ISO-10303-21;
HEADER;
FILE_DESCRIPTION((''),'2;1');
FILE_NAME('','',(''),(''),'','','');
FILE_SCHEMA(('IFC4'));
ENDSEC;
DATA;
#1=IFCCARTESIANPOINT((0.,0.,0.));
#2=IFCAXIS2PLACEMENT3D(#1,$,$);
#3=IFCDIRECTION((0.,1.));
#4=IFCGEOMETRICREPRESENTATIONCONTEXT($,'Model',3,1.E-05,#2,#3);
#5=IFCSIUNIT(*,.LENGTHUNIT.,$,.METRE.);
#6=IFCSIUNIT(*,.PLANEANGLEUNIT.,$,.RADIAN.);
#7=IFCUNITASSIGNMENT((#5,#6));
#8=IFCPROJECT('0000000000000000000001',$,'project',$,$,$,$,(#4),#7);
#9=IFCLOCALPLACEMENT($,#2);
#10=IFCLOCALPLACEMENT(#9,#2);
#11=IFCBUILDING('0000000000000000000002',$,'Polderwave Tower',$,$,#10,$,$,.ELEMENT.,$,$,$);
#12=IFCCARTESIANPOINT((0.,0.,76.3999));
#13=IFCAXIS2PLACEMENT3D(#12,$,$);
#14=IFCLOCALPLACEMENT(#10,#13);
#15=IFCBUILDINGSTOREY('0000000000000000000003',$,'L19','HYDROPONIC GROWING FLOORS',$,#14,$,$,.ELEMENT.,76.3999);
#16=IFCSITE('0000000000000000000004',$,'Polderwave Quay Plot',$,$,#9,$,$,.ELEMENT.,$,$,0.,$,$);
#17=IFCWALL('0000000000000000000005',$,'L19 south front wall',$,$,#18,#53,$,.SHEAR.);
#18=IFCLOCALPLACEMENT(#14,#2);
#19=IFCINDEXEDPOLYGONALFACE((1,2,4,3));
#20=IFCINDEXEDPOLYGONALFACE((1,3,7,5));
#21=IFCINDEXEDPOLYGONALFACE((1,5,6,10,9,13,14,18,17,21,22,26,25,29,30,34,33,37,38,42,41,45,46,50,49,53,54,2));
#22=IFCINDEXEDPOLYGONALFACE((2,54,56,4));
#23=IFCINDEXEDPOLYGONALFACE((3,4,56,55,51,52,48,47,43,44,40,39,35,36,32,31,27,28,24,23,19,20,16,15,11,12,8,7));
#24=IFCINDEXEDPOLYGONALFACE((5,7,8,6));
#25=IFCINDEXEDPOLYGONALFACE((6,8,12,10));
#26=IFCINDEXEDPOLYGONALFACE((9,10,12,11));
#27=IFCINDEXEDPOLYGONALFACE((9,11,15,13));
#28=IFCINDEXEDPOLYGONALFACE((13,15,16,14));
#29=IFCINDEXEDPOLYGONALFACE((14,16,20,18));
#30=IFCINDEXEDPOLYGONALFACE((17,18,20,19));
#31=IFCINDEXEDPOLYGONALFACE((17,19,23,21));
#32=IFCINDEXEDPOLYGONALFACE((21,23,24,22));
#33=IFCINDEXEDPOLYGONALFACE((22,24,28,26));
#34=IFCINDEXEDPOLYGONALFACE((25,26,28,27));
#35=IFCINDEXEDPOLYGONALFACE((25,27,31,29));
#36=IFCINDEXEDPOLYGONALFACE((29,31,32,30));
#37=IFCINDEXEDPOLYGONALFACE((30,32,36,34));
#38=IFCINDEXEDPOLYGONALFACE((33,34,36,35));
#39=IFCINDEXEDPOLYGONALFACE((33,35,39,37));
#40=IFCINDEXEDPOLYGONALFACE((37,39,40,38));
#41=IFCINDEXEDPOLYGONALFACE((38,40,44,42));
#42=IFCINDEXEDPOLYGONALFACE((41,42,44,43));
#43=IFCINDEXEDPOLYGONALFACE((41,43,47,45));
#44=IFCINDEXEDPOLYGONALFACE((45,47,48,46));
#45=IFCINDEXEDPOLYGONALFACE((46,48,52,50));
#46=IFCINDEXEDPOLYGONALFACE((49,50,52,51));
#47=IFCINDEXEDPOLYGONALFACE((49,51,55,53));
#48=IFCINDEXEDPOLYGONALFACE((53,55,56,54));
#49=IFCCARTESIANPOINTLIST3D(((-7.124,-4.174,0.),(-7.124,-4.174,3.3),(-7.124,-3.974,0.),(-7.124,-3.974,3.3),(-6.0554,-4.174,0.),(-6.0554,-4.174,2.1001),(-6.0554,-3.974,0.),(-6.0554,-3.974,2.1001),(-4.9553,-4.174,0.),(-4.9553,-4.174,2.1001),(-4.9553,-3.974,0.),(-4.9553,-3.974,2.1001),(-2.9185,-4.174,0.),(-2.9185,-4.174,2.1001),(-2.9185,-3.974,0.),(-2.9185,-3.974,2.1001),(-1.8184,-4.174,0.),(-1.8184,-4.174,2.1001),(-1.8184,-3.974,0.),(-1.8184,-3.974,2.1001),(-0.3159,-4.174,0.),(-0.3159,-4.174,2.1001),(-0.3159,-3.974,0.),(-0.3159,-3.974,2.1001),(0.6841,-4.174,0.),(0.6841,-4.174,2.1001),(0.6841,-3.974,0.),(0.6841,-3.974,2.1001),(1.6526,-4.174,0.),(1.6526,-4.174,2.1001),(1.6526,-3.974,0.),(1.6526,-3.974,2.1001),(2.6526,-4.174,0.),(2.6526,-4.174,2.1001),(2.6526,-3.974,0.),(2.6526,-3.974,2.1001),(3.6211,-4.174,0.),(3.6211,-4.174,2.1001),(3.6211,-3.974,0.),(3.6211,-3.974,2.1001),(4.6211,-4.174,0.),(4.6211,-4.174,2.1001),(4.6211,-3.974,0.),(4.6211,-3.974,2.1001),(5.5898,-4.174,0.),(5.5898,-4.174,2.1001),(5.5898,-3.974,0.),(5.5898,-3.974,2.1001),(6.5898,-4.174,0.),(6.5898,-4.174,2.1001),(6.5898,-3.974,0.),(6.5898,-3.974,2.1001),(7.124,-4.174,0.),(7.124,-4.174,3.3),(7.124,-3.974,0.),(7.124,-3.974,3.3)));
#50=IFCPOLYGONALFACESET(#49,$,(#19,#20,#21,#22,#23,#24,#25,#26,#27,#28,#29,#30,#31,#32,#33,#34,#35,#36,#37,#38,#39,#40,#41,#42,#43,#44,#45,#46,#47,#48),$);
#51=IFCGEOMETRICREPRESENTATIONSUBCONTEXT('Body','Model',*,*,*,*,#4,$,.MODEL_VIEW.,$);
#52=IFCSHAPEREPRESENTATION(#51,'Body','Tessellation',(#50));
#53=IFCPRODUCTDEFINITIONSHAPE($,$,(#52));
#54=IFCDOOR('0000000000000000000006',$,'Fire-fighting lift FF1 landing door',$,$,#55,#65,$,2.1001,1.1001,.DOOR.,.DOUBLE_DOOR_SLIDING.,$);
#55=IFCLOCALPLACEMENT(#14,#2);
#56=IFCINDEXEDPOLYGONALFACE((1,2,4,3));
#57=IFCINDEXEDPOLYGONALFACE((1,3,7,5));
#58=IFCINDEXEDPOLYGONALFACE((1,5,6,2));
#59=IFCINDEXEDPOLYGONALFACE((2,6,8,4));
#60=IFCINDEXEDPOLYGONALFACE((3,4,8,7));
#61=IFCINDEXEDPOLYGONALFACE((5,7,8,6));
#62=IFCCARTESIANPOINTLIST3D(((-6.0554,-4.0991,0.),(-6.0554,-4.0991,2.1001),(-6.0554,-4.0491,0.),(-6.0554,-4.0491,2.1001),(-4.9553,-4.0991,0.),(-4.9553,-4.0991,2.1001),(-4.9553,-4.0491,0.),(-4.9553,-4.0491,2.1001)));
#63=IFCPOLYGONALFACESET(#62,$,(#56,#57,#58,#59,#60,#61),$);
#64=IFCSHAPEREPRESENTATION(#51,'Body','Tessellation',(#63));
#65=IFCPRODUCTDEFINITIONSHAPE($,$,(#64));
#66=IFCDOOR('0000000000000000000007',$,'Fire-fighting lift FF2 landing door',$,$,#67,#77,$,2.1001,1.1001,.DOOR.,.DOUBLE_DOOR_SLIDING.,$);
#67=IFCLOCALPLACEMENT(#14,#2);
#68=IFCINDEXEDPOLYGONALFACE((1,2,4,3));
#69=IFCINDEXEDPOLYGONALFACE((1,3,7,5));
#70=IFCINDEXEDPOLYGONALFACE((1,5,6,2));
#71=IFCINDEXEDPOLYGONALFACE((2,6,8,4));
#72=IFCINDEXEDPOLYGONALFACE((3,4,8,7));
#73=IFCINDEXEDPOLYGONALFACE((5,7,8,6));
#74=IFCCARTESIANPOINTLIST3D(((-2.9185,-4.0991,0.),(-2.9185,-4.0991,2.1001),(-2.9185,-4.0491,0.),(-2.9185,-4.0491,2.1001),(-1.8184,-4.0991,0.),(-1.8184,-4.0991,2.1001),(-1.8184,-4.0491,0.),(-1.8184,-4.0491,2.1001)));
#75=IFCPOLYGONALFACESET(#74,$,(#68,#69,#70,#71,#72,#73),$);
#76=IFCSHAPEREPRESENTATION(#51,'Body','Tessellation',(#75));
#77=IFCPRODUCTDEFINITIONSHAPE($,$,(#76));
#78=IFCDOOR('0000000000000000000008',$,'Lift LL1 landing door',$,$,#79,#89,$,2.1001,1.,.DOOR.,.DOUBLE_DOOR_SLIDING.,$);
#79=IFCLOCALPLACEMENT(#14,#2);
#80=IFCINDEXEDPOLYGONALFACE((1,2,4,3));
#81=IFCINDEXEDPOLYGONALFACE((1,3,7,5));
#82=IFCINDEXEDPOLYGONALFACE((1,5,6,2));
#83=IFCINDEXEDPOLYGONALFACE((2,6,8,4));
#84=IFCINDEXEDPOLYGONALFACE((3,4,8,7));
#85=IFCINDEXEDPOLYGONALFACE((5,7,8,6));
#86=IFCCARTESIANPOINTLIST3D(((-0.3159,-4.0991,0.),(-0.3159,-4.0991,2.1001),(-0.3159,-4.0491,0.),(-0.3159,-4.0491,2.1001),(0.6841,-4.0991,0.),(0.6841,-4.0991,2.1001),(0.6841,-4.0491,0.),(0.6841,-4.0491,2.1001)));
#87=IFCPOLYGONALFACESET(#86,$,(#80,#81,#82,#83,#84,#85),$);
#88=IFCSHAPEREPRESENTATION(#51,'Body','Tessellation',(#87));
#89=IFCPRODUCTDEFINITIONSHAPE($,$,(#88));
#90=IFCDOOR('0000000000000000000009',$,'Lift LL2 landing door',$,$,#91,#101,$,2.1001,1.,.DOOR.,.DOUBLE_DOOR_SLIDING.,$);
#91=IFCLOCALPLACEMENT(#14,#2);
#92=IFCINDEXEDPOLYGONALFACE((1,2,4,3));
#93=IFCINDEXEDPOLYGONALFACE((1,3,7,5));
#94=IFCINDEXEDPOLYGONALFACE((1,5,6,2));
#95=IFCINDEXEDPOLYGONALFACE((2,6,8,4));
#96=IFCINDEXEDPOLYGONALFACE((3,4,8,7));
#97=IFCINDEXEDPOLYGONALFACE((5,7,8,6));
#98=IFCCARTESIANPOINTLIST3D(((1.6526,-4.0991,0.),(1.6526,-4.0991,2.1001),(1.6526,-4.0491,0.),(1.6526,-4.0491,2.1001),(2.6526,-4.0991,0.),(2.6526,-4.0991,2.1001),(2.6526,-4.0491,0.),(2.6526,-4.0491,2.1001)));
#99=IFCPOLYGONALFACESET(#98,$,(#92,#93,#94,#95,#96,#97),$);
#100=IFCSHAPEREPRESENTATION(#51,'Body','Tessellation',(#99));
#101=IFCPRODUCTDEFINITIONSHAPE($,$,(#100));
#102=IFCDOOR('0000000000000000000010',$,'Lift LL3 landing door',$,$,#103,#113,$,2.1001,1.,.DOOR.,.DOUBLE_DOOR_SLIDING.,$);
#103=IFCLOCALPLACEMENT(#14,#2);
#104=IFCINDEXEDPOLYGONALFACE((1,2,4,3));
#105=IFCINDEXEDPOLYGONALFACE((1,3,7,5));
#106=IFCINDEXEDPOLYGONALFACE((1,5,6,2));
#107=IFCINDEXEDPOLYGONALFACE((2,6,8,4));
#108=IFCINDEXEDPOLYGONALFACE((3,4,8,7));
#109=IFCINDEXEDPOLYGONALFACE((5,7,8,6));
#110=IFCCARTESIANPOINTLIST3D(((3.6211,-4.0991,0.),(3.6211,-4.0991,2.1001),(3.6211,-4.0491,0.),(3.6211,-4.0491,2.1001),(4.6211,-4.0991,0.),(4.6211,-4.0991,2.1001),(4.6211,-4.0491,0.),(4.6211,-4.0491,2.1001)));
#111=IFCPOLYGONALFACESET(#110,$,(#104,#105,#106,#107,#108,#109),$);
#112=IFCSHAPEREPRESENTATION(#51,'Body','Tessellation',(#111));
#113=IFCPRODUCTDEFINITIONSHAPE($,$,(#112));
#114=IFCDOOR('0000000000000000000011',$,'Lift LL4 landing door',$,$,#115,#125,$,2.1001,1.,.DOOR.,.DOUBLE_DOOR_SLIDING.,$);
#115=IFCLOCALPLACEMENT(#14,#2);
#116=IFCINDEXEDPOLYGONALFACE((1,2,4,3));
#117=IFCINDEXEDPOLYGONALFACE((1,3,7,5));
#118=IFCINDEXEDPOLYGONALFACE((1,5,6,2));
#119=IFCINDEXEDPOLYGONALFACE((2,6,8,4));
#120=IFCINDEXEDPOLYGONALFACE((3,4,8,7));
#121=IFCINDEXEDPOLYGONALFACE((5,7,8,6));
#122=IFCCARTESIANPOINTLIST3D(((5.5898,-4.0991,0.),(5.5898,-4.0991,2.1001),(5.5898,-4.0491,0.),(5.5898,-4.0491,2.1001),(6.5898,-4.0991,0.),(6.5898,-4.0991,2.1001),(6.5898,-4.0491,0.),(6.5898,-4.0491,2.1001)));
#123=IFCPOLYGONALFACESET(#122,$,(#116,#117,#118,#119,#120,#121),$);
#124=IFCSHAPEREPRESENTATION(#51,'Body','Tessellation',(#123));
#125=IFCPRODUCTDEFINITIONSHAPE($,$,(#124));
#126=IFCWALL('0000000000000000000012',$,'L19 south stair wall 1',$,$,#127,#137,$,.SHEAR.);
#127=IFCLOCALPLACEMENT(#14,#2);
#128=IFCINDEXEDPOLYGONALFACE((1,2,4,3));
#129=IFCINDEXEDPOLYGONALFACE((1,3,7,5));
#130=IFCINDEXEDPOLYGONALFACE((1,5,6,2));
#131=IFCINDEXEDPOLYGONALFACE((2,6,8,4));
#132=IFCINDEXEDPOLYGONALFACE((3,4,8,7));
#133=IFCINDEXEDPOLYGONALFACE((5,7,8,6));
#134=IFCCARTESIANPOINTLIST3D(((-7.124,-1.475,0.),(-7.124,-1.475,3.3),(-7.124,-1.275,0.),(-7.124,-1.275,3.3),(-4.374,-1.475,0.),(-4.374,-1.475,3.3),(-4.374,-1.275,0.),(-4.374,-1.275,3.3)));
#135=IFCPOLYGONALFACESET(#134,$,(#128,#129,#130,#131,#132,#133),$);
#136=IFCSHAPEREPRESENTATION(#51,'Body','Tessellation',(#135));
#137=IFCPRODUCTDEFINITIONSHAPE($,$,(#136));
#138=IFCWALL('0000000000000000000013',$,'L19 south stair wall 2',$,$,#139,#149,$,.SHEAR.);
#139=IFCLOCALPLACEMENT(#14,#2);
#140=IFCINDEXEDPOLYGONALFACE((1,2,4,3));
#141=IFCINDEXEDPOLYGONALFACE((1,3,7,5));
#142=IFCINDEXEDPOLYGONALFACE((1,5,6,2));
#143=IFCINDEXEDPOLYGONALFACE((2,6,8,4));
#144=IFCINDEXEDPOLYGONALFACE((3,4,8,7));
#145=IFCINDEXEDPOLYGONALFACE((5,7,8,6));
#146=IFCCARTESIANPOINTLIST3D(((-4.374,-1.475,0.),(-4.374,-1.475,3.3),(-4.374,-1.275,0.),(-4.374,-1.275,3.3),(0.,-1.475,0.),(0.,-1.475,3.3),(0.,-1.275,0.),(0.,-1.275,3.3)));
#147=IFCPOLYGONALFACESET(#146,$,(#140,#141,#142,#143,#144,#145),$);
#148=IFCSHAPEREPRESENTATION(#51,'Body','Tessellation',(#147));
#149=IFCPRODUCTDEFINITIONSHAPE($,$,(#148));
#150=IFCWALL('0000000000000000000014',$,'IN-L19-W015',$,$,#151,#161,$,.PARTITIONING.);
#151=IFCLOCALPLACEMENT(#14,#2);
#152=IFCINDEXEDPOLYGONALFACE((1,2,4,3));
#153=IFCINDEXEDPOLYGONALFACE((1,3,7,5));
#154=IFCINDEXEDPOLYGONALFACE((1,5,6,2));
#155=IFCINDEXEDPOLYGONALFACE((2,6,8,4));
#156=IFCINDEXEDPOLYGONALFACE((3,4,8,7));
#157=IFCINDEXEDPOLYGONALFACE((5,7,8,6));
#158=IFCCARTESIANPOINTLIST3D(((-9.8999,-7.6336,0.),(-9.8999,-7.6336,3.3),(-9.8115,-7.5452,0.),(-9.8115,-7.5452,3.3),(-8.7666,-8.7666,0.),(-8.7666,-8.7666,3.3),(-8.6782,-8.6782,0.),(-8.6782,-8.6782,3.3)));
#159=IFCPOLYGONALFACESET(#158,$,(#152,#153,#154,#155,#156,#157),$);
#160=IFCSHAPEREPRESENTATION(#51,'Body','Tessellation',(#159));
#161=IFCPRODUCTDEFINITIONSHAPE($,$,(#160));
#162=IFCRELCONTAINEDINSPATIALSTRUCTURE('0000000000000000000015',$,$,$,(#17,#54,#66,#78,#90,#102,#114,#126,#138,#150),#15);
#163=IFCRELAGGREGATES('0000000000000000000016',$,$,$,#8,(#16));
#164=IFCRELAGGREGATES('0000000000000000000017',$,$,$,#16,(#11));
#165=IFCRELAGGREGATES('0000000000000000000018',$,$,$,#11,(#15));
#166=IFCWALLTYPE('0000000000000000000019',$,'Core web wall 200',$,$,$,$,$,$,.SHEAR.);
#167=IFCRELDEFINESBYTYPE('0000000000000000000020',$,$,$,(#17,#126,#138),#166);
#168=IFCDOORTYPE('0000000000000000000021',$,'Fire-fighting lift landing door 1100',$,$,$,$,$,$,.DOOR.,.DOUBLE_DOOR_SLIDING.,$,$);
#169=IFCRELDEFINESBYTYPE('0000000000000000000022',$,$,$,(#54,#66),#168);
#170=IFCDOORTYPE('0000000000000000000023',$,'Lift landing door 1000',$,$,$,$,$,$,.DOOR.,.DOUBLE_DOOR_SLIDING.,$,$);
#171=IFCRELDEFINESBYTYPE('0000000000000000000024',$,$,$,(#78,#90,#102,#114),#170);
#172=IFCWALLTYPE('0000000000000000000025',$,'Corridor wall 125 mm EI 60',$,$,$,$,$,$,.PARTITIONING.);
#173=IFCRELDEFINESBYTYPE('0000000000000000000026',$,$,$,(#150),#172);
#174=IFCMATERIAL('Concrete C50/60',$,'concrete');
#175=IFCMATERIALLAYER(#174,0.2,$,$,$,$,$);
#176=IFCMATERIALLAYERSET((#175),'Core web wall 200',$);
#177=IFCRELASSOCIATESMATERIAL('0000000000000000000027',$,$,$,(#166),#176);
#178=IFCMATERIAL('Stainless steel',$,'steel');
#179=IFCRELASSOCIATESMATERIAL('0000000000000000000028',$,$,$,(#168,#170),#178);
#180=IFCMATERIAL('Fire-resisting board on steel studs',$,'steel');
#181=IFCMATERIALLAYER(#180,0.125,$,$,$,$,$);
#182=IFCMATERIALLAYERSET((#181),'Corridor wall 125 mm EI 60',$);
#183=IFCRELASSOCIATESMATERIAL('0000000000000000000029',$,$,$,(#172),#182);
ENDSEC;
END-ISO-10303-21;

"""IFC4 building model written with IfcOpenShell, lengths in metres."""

from ifc_helpers import new_model, si_unit, direction, frame, frame_2d, origin, place, context, subcontext, project, spatial, rectangle, extrude, material, layer, layer_set, type_object, element, fill, save


model = new_model("IFC4")

# Units and contexts
model_context = context("Model", 3, precision=1e-05, world=origin(), true_north=direction((0.0, 1.0)))
body_context = subcontext(model_context, "Body", "Model", "MODEL_VIEW")
ifc_project = project(units=[si_unit("LENGTHUNIT", "METRE"), si_unit("PLANEANGLEUNIT", "RADIAN")], contexts=[model_context])

# Site, building, storey
site_placement = place(None, origin())
site = spatial("IfcSite", under=ifc_project, at=site_placement, Name="Polderwave Quay Plot", CompositionType="ELEMENT", RefElevation=0.0)
building_placement = place(site_placement, origin())
building = spatial("IfcBuilding", under=site, at=building_placement, Name="Polderwave Tower", CompositionType="ELEMENT")
storey_placement = place(building_placement, frame((0.0, 0.0, 76.3999)))
storey = spatial("IfcBuildingStorey", under=building, at=storey_placement, Name="L19", Description="HYDROPONIC GROWING FLOORS", CompositionType="ELEMENT", Elevation=76.3999)

# Wall, openings, doors
ifc_material_1 = material(Name="Concrete C50/60", Category="concrete")
ifc_layer_1 = layer(ifc_material_1, 0.2)
ifc_layer_set_1 = layer_set([ifc_layer_1], Name="Core web wall 200")
wall_type_1 = type_object("IfcWallType", Name="Core web wall 200", PredefinedType="SHEAR", material=ifc_layer_set_1)
wall_1_placement = place(storey_placement, frame((-7.124, -4.074, 0.0), z_axis=(0.0, 0.0, 1.0), x_axis=(1.0, 0.0, 0.0)))
wall_1 = element("IfcWall", 1, at=wall_1_placement, inside=storey, type_object=wall_type_1, Name="L19 south front wall", PredefinedType="SHEAR", context=body_context, shape_type="SweptSolid", body=[
    extrude(rectangle(XDim=14.248, YDim=0.2, at=frame_2d((7.124, 0.0))), origin(), (0.0, 0.0, 1.0), 3.3),
])
opening_1_placement = place(wall_1_placement, frame((1.0686, 0.0, 0.0)))
opening_1 = element("IfcOpeningElement", 2, at=opening_1_placement, cuts=wall_1, PredefinedType="OPENING", context=body_context, shape_type="SweptSolid", body=[
    extrude(rectangle(XDim=1.1001, YDim=2.1001, at=frame_2d((0.55, 1.05))), frame((0.0, 0.1099, 0.0), z_axis=(0.0, -1.0, 0.0), x_axis=(1.0, 0.0, 0.0)), (0.0, 0.0, 1.0), 0.22),
])
opening_2_placement = place(wall_1_placement, frame((4.2056, 0.0, 0.0)))
opening_2 = element("IfcOpeningElement", 3, at=opening_2_placement, cuts=wall_1, PredefinedType="OPENING", context=body_context, shape_type="SweptSolid", body=[
    extrude(rectangle(XDim=1.1001, YDim=2.1001, at=frame_2d((0.55, 1.05))), frame((0.0, 0.1099, 0.0), z_axis=(0.0, -1.0, 0.0), x_axis=(1.0, 0.0, 0.0)), (0.0, 0.0, 1.0), 0.22),
])
opening_3_placement = place(wall_1_placement, frame((6.8081, 0.0, 0.0)))
opening_3 = element("IfcOpeningElement", 4, at=opening_3_placement, cuts=wall_1, PredefinedType="OPENING", context=body_context, shape_type="SweptSolid", body=[
    extrude(rectangle(XDim=1.0, YDim=2.1001, at=frame_2d((0.5, 1.05))), frame((0.0, 0.1099, 0.0), z_axis=(0.0, -1.0, 0.0), x_axis=(1.0, 0.0, 0.0)), (0.0, 0.0, 1.0), 0.22),
])
opening_4_placement = place(wall_1_placement, frame((8.7766, 0.0, 0.0)))
opening_4 = element("IfcOpeningElement", 5, at=opening_4_placement, cuts=wall_1, PredefinedType="OPENING", context=body_context, shape_type="SweptSolid", body=[
    extrude(rectangle(XDim=1.0, YDim=2.1001, at=frame_2d((0.5, 1.05))), frame((0.0, 0.1099, 0.0), z_axis=(0.0, -1.0, 0.0), x_axis=(1.0, 0.0, 0.0)), (0.0, 0.0, 1.0), 0.22),
])
opening_5_placement = place(wall_1_placement, frame((10.7451, 0.0, 0.0)))
opening_5 = element("IfcOpeningElement", 6, at=opening_5_placement, cuts=wall_1, PredefinedType="OPENING", context=body_context, shape_type="SweptSolid", body=[
    extrude(rectangle(XDim=1.0, YDim=2.1001, at=frame_2d((0.5, 1.05))), frame((0.0, 0.1099, 0.0), z_axis=(0.0, -1.0, 0.0), x_axis=(1.0, 0.0, 0.0)), (0.0, 0.0, 1.0), 0.22),
])
opening_6_placement = place(wall_1_placement, frame((12.7139, 0.0, 0.0)))
opening_6 = element("IfcOpeningElement", 7, at=opening_6_placement, cuts=wall_1, PredefinedType="OPENING", context=body_context, shape_type="SweptSolid", body=[
    extrude(rectangle(XDim=1.0, YDim=2.1001, at=frame_2d((0.5, 1.05))), frame((0.0, 0.1099, 0.0), z_axis=(0.0, -1.0, 0.0), x_axis=(1.0, 0.0, 0.0)), (0.0, 0.0, 1.0), 0.22),
])
ifc_material_2 = material(Name="Stainless steel", Category="steel")
door_type_1 = type_object("IfcDoorType", Name="Fire-fighting lift landing door 1100", OperationType="DOUBLE_DOOR_SLIDING", PredefinedType="DOOR", material=ifc_material_2)
door_1_placement = place(opening_1_placement, origin())
door_1 = element("IfcDoor", 8, at=door_1_placement, inside=storey, type_object=door_type_1, Name="Fire-fighting lift FF1 landing door", OperationType="DOUBLE_DOOR_SLIDING", OverallHeight=2.1001, OverallWidth=1.1001, PredefinedType="DOOR", context=body_context, shape_type="SweptSolid", body=[
    extrude(rectangle(XDim=1.1001, YDim=2.1001, at=frame_2d((0.55, 1.05))), frame((0.0, 0.0249, 0.0), z_axis=(0.0, -1.0, 0.0), x_axis=(1.0, 0.0, 0.0)), (0.0, 0.0, 1.0), 0.05),
])
fill(opening_1, door_1)
door_2_placement = place(opening_2_placement, origin())
door_2 = element("IfcDoor", 9, at=door_2_placement, inside=storey, type_object=door_type_1, Name="Fire-fighting lift FF2 landing door", OperationType="DOUBLE_DOOR_SLIDING", OverallHeight=2.1001, OverallWidth=1.1001, PredefinedType="DOOR", context=body_context, shape_type="SweptSolid", body=[
    extrude(rectangle(XDim=1.1001, YDim=2.1001, at=frame_2d((0.55, 1.05))), frame((0.0, 0.0249, 0.0), z_axis=(0.0, -1.0, 0.0), x_axis=(1.0, 0.0, 0.0)), (0.0, 0.0, 1.0), 0.05),
])
fill(opening_2, door_2)
door_type_2 = type_object("IfcDoorType", Name="Lift landing door 1000", OperationType="DOUBLE_DOOR_SLIDING", PredefinedType="DOOR", material=ifc_material_2)
door_3_placement = place(opening_3_placement, origin())
door_3 = element("IfcDoor", 10, at=door_3_placement, inside=storey, type_object=door_type_2, Name="Lift LL1 landing door", OperationType="DOUBLE_DOOR_SLIDING", OverallHeight=2.1001, OverallWidth=1.0, PredefinedType="DOOR", context=body_context, shape_type="SweptSolid", body=[
    extrude(rectangle(XDim=1.0, YDim=2.1001, at=frame_2d((0.5, 1.05))), frame((0.0, 0.0249, 0.0), z_axis=(0.0, -1.0, 0.0), x_axis=(1.0, 0.0, 0.0)), (0.0, 0.0, 1.0), 0.05),
])
fill(opening_3, door_3)
door_4_placement = place(opening_4_placement, origin())
door_4 = element("IfcDoor", 11, at=door_4_placement, inside=storey, type_object=door_type_2, Name="Lift LL2 landing door", OperationType="DOUBLE_DOOR_SLIDING", OverallHeight=2.1001, OverallWidth=1.0, PredefinedType="DOOR", context=body_context, shape_type="SweptSolid", body=[
    extrude(rectangle(XDim=1.0, YDim=2.1001, at=frame_2d((0.5, 1.05))), frame((0.0, 0.0249, 0.0), z_axis=(0.0, -1.0, 0.0), x_axis=(1.0, 0.0, 0.0)), (0.0, 0.0, 1.0), 0.05),
])
fill(opening_4, door_4)
door_5_placement = place(opening_5_placement, origin())
door_5 = element("IfcDoor", 12, at=door_5_placement, inside=storey, type_object=door_type_2, Name="Lift LL3 landing door", OperationType="DOUBLE_DOOR_SLIDING", OverallHeight=2.1001, OverallWidth=1.0, PredefinedType="DOOR", context=body_context, shape_type="SweptSolid", body=[
    extrude(rectangle(XDim=1.0, YDim=2.1001, at=frame_2d((0.5, 1.05))), frame((0.0, 0.0249, 0.0), z_axis=(0.0, -1.0, 0.0), x_axis=(1.0, 0.0, 0.0)), (0.0, 0.0, 1.0), 0.05),
])
fill(opening_5, door_5)
door_6_placement = place(opening_6_placement, origin())
door_6 = element("IfcDoor", 13, at=door_6_placement, inside=storey, type_object=door_type_2, Name="Lift LL4 landing door", OperationType="DOUBLE_DOOR_SLIDING", OverallHeight=2.1001, OverallWidth=1.0, PredefinedType="DOOR", context=body_context, shape_type="SweptSolid", body=[
    extrude(rectangle(XDim=1.0, YDim=2.1001, at=frame_2d((0.5, 1.05))), frame((0.0, 0.0249, 0.0), z_axis=(0.0, -1.0, 0.0), x_axis=(1.0, 0.0, 0.0)), (0.0, 0.0, 1.0), 0.05),
])
fill(opening_6, door_6)

# Walls
wall_2_placement = place(storey_placement, frame((-7.124, -1.375, 0.0), z_axis=(0.0, 0.0, 1.0), x_axis=(1.0, 0.0, 0.0)))
element("IfcWall", 14, at=wall_2_placement, inside=storey, type_object=wall_type_1, Name="L19 south stair wall 1", PredefinedType="SHEAR", context=body_context, shape_type="SweptSolid", body=[
    extrude(rectangle(XDim=2.75, YDim=0.2, at=frame_2d((1.375, 0.0))), origin(), (0.0, 0.0, 1.0), 3.3),
])
wall_3_placement = place(storey_placement, frame((-4.374, -1.375, 0.0), z_axis=(0.0, 0.0, 1.0), x_axis=(1.0, 0.0, 0.0)))
element("IfcWall", 15, at=wall_3_placement, inside=storey, type_object=wall_type_1, Name="L19 south stair wall 2", PredefinedType="SHEAR", context=body_context, shape_type="SweptSolid", body=[
    extrude(rectangle(XDim=4.374, YDim=0.2, at=frame_2d((2.187, 0.0))), origin(), (0.0, 0.0, 1.0), 3.3),
])
ifc_material_3 = material(Name="Fire-resisting board on steel studs", Category="steel")
ifc_layer_2 = layer(ifc_material_3, 0.125)
ifc_layer_set_2 = layer_set([ifc_layer_2], Name="Corridor wall 125 mm EI 60")
wall_type_2 = type_object("IfcWallType", Name="Corridor wall 125 mm EI 60", PredefinedType="PARTITIONING", material=ifc_layer_set_2)
wall_4_placement = place(storey_placement, frame((-8.7224, -8.7224, 0.0), z_axis=(0.0, 0.0, 1.0), x_axis=(-0.707183, 0.707031, 0.0)))
element("IfcWall", 16, at=wall_4_placement, inside=storey, type_object=wall_type_2, Name="IN-L19-W015", PredefinedType="PARTITIONING", context=body_context, shape_type="SweptSolid", body=[
    extrude(rectangle(XDim=1.6025, YDim=0.125, at=frame_2d((0.8013, 0.0))), origin(), (0.0, 0.0, 1.0), 3.3),
])

save(model, "model.ifc")
